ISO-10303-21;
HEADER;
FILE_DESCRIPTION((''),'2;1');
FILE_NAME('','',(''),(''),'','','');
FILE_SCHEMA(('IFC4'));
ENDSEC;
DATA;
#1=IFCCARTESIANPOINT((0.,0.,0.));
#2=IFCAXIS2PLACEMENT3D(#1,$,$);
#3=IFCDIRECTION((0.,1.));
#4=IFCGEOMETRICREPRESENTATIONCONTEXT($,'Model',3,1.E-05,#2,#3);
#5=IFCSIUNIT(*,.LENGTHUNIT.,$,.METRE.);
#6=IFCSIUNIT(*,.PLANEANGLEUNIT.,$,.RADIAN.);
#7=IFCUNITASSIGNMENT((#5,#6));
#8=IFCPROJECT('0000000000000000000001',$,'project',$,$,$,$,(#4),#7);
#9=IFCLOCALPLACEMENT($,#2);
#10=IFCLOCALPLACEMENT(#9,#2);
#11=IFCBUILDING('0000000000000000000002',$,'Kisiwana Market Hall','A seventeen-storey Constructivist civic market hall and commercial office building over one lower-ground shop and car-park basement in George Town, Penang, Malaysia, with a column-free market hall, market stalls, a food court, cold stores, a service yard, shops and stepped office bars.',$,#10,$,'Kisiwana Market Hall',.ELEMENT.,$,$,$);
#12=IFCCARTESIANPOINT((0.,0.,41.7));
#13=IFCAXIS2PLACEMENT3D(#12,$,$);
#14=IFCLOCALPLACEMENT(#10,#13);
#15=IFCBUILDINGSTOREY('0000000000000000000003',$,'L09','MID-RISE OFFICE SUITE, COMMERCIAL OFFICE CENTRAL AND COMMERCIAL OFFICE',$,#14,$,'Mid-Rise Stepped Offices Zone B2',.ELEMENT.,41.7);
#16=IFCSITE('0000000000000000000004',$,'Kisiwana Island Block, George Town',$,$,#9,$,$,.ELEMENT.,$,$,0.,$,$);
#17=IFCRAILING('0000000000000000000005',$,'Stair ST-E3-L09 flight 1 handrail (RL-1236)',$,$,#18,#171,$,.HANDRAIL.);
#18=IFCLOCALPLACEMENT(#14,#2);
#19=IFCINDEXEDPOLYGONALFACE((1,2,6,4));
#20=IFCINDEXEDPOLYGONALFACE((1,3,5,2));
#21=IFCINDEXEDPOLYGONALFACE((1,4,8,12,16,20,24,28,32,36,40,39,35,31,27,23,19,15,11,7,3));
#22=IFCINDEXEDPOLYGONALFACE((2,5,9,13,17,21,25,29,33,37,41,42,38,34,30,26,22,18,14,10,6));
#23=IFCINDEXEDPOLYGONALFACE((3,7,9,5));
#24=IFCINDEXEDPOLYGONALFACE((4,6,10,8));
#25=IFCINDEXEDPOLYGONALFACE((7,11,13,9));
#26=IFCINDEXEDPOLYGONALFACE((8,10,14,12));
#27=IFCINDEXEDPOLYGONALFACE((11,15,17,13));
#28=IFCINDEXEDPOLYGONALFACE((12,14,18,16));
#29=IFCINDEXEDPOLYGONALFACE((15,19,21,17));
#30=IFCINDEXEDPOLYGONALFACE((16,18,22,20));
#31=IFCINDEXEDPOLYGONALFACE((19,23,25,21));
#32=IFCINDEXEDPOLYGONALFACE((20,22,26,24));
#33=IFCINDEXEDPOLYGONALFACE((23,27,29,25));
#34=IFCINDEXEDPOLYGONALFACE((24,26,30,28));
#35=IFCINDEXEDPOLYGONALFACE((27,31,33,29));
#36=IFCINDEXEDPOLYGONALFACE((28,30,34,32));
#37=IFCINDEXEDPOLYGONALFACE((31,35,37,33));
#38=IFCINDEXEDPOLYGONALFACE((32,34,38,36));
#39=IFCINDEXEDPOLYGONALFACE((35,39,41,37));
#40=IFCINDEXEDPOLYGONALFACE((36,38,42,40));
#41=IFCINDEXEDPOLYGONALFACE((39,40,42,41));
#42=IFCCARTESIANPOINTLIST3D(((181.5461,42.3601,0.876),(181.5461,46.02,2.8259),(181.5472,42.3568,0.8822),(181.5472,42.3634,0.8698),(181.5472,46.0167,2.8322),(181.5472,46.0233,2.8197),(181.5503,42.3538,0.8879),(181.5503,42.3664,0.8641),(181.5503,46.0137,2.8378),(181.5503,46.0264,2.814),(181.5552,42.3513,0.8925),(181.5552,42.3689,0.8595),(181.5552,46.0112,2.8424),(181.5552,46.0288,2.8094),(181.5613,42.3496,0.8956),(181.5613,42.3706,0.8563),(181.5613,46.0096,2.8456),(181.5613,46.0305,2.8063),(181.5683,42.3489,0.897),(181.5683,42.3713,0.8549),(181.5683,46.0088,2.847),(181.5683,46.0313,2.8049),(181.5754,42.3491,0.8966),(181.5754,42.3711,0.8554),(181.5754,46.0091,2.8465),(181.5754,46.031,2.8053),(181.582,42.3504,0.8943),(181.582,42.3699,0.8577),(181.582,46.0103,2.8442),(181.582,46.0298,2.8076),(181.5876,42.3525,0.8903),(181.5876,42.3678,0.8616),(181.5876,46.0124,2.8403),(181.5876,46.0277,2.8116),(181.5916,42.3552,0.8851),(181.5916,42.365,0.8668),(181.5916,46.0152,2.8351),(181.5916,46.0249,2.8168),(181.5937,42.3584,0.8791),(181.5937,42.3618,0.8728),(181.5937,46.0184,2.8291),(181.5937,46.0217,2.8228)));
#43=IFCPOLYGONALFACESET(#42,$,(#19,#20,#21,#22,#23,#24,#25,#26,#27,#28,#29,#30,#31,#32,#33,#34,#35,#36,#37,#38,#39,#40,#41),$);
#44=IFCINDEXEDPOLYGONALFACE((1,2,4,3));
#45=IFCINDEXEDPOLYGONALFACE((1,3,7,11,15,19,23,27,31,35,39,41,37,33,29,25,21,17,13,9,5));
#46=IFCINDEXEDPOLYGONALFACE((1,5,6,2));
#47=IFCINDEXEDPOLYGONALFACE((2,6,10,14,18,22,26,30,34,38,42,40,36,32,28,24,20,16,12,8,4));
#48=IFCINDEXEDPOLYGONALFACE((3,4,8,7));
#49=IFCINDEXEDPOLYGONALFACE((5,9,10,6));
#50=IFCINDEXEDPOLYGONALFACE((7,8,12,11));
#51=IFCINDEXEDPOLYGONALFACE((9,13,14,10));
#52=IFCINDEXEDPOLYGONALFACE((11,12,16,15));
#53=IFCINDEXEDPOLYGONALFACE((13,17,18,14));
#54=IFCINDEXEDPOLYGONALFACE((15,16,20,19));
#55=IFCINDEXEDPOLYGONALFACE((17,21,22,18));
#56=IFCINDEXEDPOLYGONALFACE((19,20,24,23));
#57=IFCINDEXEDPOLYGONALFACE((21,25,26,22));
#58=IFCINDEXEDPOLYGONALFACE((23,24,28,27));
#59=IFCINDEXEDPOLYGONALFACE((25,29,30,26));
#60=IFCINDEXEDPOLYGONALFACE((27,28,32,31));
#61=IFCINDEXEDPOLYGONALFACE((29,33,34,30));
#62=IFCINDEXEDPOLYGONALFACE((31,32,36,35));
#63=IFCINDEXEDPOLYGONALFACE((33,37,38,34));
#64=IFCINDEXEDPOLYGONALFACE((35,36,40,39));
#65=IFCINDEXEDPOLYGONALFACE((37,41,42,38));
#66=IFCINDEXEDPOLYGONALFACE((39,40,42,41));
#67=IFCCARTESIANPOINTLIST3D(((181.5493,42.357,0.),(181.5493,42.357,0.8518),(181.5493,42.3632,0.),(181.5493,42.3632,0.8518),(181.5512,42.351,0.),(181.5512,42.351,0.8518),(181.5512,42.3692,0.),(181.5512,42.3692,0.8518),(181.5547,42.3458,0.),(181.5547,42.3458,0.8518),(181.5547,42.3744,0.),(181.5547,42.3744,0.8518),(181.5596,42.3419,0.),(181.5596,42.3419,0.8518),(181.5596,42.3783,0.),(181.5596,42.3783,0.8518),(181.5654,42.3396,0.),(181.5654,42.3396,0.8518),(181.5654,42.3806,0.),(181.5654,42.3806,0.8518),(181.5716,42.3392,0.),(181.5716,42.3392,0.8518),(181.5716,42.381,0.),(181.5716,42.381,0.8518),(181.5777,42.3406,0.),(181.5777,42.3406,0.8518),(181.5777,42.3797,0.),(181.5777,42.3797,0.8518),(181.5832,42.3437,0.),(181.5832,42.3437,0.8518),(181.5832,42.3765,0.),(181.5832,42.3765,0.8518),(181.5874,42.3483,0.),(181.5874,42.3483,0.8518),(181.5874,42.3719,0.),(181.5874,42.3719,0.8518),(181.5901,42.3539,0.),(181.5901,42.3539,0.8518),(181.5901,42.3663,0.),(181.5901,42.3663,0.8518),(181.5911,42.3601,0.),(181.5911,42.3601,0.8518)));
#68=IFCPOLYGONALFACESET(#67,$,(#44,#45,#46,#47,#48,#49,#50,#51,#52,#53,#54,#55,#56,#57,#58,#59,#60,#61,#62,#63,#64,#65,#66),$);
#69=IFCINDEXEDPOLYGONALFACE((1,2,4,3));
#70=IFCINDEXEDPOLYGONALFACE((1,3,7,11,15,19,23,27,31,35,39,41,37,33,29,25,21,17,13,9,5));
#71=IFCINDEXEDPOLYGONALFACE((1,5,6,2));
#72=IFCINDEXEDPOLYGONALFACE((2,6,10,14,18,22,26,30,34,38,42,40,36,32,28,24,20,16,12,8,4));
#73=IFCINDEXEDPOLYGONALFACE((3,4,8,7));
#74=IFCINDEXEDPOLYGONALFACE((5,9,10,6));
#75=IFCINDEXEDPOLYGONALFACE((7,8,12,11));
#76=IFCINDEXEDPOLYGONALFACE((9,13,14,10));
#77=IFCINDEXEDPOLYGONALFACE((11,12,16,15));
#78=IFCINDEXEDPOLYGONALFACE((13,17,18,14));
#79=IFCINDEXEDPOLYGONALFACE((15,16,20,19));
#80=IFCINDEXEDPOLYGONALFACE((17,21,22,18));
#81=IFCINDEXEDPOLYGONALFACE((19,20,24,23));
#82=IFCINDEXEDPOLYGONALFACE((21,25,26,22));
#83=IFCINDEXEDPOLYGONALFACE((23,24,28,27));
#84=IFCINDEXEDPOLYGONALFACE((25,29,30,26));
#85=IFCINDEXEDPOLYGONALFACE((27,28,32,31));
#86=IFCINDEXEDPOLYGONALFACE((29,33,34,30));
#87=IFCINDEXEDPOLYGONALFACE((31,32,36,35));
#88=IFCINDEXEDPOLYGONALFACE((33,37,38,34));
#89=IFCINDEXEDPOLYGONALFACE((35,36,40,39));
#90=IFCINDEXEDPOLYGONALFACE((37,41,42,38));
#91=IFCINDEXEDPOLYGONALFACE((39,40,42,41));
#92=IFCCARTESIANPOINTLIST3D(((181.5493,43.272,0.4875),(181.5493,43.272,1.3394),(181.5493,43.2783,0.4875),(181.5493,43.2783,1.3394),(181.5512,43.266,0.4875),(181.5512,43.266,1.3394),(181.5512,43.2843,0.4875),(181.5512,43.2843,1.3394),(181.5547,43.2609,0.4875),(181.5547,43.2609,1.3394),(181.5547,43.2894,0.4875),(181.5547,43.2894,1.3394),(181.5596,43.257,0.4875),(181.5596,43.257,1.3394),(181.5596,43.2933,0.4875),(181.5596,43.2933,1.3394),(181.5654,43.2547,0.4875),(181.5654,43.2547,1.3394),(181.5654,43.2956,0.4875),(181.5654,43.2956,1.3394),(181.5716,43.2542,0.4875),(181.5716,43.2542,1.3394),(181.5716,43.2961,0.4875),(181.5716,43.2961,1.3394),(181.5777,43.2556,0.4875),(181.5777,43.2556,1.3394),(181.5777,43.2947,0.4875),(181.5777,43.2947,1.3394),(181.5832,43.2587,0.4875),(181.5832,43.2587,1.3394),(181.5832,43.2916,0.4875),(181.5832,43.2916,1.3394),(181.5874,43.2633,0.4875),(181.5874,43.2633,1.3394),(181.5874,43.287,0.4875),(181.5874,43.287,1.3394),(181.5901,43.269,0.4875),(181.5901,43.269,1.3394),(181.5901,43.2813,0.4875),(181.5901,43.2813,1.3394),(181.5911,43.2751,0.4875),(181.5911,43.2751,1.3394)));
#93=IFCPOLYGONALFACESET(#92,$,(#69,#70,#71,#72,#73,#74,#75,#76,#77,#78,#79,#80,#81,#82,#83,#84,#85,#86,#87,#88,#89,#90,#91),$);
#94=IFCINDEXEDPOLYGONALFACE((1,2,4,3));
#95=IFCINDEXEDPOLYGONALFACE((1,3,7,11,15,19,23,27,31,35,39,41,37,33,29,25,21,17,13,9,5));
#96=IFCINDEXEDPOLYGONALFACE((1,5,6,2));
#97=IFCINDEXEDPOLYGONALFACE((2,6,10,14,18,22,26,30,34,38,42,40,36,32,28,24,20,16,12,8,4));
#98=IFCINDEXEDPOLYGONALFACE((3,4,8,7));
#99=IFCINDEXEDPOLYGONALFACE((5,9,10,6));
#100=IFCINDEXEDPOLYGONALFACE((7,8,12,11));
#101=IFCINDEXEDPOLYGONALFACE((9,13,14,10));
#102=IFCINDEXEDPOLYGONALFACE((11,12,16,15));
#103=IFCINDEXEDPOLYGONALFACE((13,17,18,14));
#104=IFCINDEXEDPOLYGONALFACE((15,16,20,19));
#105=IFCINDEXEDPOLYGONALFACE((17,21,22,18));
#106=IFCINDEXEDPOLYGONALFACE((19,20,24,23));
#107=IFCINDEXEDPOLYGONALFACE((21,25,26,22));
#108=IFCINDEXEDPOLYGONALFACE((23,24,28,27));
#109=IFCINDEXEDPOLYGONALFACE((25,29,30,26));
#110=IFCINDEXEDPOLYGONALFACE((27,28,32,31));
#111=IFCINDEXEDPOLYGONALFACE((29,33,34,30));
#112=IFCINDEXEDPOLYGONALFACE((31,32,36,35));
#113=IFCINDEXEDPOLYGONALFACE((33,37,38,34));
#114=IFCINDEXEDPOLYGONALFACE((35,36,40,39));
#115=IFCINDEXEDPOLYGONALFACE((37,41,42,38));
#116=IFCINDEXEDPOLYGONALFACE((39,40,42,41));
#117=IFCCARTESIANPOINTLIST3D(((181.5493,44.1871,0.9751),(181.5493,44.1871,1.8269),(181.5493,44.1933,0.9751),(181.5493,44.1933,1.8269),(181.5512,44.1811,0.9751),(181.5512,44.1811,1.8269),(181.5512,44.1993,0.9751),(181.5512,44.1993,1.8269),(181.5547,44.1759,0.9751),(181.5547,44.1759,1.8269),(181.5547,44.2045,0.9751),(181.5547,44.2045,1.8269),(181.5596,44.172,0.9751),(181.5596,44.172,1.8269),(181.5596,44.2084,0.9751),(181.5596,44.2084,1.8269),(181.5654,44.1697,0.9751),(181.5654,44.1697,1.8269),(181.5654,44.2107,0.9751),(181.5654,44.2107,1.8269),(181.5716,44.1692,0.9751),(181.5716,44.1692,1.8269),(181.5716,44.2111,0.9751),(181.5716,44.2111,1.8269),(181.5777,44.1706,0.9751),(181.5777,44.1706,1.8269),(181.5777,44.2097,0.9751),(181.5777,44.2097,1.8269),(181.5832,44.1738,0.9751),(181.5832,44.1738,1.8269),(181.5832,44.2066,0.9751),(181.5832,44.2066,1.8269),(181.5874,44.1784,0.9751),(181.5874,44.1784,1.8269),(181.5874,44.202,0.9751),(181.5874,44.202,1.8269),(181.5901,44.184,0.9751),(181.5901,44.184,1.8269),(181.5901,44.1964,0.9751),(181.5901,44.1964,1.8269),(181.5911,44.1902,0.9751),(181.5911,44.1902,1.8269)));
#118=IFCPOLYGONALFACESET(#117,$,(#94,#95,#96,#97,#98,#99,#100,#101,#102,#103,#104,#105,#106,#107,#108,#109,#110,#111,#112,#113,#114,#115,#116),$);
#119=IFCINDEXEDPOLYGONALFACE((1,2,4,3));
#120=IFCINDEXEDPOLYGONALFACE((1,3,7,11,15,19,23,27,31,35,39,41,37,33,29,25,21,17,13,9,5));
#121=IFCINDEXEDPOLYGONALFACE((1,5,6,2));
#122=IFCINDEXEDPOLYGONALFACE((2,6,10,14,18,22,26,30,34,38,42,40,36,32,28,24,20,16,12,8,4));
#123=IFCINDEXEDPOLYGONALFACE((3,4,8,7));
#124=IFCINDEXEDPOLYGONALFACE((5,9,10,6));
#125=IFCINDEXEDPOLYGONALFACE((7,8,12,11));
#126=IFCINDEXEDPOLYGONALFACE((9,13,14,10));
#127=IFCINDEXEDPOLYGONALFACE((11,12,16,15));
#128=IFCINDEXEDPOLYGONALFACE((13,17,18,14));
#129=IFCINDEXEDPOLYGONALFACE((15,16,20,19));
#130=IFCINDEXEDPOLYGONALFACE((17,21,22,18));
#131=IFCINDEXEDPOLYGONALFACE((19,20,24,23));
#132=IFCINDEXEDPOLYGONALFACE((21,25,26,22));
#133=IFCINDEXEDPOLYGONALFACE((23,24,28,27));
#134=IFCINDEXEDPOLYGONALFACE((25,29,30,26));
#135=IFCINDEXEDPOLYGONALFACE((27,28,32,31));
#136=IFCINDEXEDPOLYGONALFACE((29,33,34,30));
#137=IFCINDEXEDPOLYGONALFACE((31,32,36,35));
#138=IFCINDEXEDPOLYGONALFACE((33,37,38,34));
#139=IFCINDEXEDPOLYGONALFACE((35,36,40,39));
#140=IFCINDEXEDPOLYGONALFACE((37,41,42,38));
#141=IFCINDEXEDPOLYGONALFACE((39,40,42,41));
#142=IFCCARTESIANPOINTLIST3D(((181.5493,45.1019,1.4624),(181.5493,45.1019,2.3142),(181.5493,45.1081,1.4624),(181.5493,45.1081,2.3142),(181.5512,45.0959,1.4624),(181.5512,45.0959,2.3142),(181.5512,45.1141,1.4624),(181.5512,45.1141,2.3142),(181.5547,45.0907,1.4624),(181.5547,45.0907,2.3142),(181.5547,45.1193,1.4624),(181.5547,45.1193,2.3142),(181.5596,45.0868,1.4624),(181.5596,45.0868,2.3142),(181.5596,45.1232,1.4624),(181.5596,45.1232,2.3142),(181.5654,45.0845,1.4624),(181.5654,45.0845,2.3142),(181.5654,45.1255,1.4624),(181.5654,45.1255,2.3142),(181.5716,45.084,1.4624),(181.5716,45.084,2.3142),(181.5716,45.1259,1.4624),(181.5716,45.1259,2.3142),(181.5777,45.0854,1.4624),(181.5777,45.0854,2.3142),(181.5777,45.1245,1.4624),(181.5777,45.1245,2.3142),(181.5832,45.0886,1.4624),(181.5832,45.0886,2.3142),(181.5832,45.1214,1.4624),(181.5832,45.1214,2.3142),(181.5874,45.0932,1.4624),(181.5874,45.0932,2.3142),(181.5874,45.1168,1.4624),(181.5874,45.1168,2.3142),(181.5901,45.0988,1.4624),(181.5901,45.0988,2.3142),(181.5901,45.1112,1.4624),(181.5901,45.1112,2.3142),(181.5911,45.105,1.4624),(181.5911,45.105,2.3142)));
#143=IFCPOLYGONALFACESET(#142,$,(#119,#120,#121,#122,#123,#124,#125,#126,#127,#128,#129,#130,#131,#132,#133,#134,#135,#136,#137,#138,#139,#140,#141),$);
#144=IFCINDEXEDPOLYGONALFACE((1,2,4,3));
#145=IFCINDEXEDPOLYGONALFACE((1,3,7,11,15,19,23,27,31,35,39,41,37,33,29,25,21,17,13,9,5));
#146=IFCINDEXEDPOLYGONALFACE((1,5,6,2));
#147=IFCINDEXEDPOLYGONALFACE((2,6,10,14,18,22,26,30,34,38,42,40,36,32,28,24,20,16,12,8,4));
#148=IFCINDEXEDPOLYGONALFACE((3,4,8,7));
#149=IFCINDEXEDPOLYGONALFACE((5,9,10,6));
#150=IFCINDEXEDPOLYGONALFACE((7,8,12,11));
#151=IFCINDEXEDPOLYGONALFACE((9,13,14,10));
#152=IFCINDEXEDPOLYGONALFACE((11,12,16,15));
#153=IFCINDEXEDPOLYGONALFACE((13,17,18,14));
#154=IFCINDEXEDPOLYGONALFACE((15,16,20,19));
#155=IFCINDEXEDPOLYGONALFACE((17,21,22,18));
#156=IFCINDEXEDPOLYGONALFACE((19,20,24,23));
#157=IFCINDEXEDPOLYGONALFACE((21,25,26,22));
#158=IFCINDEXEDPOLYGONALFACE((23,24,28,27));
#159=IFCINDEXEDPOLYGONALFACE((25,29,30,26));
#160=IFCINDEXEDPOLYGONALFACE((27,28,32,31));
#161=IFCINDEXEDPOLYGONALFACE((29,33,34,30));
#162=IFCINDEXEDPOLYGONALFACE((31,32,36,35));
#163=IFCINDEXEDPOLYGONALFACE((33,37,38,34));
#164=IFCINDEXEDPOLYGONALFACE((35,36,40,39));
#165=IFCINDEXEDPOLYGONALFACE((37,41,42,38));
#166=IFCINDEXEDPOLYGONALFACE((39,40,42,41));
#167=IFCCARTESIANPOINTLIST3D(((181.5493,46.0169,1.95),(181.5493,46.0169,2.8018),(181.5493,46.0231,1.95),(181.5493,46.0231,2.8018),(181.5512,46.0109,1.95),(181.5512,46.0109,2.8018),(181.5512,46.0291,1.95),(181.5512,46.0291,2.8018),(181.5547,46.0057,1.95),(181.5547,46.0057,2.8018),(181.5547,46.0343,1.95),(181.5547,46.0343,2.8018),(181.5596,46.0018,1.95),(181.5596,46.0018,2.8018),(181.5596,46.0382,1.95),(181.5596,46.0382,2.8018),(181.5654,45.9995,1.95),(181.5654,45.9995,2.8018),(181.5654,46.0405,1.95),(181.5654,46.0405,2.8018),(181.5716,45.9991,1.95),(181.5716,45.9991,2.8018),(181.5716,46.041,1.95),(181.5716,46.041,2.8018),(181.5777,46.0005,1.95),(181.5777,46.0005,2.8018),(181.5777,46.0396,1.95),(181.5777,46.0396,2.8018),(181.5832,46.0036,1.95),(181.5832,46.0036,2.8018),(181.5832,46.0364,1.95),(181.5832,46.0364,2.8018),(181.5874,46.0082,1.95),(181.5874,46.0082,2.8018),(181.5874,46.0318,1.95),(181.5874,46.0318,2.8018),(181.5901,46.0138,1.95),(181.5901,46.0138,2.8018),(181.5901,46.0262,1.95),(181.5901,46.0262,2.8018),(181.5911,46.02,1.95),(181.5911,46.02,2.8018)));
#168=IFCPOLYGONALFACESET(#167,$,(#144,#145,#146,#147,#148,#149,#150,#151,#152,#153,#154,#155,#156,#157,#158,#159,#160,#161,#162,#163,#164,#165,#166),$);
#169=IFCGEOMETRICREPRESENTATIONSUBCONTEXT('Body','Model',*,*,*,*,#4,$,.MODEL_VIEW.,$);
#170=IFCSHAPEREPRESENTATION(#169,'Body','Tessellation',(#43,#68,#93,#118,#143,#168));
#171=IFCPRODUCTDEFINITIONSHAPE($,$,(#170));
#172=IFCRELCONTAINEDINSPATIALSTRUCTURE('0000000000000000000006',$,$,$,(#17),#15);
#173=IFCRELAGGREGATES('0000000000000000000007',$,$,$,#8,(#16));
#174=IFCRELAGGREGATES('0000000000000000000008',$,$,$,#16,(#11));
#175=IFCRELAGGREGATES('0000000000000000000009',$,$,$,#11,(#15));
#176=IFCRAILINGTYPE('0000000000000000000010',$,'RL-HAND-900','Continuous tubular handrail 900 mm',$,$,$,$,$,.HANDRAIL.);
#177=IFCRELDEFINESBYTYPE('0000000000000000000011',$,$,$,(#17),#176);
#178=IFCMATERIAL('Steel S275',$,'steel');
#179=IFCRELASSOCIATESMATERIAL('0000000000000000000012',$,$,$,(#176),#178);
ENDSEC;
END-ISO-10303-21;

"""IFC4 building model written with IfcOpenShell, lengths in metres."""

from ifc_helpers import new_model, si_unit, direction, frame, origin, origin_2d, place, context, subcontext, project, spatial, circle, extrude, material, type_object, element, save


model = new_model("IFC4")

# Units and contexts
model_context = context("Model", 3, precision=1e-05, world=origin(), true_north=direction((0.0, 1.0)))
body_context = subcontext(model_context, "Body", "Model", "MODEL_VIEW")
ifc_project = project(units=[si_unit("LENGTHUNIT", "METRE"), si_unit("PLANEANGLEUNIT", "RADIAN")], contexts=[model_context])

# Site, building, storey
site_placement = place(None, origin())
site = spatial("IfcSite", under=ifc_project, at=site_placement, Name="Kisiwana Island Block, George Town", CompositionType="ELEMENT", RefElevation=0.0)
building_placement = place(site_placement, origin())
building = spatial("IfcBuilding", under=site, at=building_placement, Name="Kisiwana Market Hall", Description="A seventeen-storey Constructivist civic market hall and commercial office building over one lower-ground shop and car-park basement in George Town, Penang, Malaysia, with a column-free market hall, market stalls, a food court, cold stores, a service yard, shops and stepped office bars.", LongName="Kisiwana Market Hall", CompositionType="ELEMENT")
storey_placement = place(building_placement, frame((0.0, 0.0, 41.7)))
storey = spatial("IfcBuildingStorey", under=building, at=storey_placement, Name="L09", Description="MID-RISE OFFICE SUITE, COMMERCIAL OFFICE CENTRAL AND COMMERCIAL OFFICE", LongName="Mid-Rise Stepped Offices Zone B2", CompositionType="ELEMENT", Elevation=41.7)

# Railing
ifc_material_1 = material(Name="Steel S275", Category="steel")
railing_type_1 = type_object("IfcRailingType", Name="RL-HAND-900", Description="Continuous tubular handrail 900 mm", PredefinedType="HANDRAIL", material=ifc_material_1)
for number, where, name in (
    (1, (181.5701, 42.3601, 0.0), "Stair ST-E3-L09 flight 1 handrail (RL-1236)"),
):
    element("IfcRailing", number, at=place(storey_placement, frame(where)), inside=storey, type_object=railing_type_1, Name=name, PredefinedType="HANDRAIL", context=body_context, shape_type="SweptSolid", body=[
        extrude(circle(Radius=0.0239, at=origin_2d()), frame((0.0, 0.0, 0.876), z_axis=(0.0, 0.882553, 0.470212), x_axis=(-1.0, 0.0, 0.0)), (0.0, 0.0, 1.0), 4.147),
        extrude(circle(Radius=0.021, at=origin_2d()), origin(), (0.0, 0.0, 1.0), 0.8518),
        extrude(circle(Radius=0.021, at=origin_2d()), frame((0.0, 0.915, 0.4875)), (0.0, 0.0, 1.0), 0.8518),
        extrude(circle(Radius=0.021, at=origin_2d()), frame((0.0, 1.8301, 0.9751)), (0.0, 0.0, 1.0), 0.8518),
        extrude(circle(Radius=0.021, at=origin_2d()), frame((0.0, 2.7449, 1.4624)), (0.0, 0.0, 1.0), 0.8518),
        extrude(circle(Radius=0.021, at=origin_2d()), frame((0.0, 3.6599, 1.95)), (0.0, 0.0, 1.0), 0.8518),
    ])

save(model, "model.ifc")
